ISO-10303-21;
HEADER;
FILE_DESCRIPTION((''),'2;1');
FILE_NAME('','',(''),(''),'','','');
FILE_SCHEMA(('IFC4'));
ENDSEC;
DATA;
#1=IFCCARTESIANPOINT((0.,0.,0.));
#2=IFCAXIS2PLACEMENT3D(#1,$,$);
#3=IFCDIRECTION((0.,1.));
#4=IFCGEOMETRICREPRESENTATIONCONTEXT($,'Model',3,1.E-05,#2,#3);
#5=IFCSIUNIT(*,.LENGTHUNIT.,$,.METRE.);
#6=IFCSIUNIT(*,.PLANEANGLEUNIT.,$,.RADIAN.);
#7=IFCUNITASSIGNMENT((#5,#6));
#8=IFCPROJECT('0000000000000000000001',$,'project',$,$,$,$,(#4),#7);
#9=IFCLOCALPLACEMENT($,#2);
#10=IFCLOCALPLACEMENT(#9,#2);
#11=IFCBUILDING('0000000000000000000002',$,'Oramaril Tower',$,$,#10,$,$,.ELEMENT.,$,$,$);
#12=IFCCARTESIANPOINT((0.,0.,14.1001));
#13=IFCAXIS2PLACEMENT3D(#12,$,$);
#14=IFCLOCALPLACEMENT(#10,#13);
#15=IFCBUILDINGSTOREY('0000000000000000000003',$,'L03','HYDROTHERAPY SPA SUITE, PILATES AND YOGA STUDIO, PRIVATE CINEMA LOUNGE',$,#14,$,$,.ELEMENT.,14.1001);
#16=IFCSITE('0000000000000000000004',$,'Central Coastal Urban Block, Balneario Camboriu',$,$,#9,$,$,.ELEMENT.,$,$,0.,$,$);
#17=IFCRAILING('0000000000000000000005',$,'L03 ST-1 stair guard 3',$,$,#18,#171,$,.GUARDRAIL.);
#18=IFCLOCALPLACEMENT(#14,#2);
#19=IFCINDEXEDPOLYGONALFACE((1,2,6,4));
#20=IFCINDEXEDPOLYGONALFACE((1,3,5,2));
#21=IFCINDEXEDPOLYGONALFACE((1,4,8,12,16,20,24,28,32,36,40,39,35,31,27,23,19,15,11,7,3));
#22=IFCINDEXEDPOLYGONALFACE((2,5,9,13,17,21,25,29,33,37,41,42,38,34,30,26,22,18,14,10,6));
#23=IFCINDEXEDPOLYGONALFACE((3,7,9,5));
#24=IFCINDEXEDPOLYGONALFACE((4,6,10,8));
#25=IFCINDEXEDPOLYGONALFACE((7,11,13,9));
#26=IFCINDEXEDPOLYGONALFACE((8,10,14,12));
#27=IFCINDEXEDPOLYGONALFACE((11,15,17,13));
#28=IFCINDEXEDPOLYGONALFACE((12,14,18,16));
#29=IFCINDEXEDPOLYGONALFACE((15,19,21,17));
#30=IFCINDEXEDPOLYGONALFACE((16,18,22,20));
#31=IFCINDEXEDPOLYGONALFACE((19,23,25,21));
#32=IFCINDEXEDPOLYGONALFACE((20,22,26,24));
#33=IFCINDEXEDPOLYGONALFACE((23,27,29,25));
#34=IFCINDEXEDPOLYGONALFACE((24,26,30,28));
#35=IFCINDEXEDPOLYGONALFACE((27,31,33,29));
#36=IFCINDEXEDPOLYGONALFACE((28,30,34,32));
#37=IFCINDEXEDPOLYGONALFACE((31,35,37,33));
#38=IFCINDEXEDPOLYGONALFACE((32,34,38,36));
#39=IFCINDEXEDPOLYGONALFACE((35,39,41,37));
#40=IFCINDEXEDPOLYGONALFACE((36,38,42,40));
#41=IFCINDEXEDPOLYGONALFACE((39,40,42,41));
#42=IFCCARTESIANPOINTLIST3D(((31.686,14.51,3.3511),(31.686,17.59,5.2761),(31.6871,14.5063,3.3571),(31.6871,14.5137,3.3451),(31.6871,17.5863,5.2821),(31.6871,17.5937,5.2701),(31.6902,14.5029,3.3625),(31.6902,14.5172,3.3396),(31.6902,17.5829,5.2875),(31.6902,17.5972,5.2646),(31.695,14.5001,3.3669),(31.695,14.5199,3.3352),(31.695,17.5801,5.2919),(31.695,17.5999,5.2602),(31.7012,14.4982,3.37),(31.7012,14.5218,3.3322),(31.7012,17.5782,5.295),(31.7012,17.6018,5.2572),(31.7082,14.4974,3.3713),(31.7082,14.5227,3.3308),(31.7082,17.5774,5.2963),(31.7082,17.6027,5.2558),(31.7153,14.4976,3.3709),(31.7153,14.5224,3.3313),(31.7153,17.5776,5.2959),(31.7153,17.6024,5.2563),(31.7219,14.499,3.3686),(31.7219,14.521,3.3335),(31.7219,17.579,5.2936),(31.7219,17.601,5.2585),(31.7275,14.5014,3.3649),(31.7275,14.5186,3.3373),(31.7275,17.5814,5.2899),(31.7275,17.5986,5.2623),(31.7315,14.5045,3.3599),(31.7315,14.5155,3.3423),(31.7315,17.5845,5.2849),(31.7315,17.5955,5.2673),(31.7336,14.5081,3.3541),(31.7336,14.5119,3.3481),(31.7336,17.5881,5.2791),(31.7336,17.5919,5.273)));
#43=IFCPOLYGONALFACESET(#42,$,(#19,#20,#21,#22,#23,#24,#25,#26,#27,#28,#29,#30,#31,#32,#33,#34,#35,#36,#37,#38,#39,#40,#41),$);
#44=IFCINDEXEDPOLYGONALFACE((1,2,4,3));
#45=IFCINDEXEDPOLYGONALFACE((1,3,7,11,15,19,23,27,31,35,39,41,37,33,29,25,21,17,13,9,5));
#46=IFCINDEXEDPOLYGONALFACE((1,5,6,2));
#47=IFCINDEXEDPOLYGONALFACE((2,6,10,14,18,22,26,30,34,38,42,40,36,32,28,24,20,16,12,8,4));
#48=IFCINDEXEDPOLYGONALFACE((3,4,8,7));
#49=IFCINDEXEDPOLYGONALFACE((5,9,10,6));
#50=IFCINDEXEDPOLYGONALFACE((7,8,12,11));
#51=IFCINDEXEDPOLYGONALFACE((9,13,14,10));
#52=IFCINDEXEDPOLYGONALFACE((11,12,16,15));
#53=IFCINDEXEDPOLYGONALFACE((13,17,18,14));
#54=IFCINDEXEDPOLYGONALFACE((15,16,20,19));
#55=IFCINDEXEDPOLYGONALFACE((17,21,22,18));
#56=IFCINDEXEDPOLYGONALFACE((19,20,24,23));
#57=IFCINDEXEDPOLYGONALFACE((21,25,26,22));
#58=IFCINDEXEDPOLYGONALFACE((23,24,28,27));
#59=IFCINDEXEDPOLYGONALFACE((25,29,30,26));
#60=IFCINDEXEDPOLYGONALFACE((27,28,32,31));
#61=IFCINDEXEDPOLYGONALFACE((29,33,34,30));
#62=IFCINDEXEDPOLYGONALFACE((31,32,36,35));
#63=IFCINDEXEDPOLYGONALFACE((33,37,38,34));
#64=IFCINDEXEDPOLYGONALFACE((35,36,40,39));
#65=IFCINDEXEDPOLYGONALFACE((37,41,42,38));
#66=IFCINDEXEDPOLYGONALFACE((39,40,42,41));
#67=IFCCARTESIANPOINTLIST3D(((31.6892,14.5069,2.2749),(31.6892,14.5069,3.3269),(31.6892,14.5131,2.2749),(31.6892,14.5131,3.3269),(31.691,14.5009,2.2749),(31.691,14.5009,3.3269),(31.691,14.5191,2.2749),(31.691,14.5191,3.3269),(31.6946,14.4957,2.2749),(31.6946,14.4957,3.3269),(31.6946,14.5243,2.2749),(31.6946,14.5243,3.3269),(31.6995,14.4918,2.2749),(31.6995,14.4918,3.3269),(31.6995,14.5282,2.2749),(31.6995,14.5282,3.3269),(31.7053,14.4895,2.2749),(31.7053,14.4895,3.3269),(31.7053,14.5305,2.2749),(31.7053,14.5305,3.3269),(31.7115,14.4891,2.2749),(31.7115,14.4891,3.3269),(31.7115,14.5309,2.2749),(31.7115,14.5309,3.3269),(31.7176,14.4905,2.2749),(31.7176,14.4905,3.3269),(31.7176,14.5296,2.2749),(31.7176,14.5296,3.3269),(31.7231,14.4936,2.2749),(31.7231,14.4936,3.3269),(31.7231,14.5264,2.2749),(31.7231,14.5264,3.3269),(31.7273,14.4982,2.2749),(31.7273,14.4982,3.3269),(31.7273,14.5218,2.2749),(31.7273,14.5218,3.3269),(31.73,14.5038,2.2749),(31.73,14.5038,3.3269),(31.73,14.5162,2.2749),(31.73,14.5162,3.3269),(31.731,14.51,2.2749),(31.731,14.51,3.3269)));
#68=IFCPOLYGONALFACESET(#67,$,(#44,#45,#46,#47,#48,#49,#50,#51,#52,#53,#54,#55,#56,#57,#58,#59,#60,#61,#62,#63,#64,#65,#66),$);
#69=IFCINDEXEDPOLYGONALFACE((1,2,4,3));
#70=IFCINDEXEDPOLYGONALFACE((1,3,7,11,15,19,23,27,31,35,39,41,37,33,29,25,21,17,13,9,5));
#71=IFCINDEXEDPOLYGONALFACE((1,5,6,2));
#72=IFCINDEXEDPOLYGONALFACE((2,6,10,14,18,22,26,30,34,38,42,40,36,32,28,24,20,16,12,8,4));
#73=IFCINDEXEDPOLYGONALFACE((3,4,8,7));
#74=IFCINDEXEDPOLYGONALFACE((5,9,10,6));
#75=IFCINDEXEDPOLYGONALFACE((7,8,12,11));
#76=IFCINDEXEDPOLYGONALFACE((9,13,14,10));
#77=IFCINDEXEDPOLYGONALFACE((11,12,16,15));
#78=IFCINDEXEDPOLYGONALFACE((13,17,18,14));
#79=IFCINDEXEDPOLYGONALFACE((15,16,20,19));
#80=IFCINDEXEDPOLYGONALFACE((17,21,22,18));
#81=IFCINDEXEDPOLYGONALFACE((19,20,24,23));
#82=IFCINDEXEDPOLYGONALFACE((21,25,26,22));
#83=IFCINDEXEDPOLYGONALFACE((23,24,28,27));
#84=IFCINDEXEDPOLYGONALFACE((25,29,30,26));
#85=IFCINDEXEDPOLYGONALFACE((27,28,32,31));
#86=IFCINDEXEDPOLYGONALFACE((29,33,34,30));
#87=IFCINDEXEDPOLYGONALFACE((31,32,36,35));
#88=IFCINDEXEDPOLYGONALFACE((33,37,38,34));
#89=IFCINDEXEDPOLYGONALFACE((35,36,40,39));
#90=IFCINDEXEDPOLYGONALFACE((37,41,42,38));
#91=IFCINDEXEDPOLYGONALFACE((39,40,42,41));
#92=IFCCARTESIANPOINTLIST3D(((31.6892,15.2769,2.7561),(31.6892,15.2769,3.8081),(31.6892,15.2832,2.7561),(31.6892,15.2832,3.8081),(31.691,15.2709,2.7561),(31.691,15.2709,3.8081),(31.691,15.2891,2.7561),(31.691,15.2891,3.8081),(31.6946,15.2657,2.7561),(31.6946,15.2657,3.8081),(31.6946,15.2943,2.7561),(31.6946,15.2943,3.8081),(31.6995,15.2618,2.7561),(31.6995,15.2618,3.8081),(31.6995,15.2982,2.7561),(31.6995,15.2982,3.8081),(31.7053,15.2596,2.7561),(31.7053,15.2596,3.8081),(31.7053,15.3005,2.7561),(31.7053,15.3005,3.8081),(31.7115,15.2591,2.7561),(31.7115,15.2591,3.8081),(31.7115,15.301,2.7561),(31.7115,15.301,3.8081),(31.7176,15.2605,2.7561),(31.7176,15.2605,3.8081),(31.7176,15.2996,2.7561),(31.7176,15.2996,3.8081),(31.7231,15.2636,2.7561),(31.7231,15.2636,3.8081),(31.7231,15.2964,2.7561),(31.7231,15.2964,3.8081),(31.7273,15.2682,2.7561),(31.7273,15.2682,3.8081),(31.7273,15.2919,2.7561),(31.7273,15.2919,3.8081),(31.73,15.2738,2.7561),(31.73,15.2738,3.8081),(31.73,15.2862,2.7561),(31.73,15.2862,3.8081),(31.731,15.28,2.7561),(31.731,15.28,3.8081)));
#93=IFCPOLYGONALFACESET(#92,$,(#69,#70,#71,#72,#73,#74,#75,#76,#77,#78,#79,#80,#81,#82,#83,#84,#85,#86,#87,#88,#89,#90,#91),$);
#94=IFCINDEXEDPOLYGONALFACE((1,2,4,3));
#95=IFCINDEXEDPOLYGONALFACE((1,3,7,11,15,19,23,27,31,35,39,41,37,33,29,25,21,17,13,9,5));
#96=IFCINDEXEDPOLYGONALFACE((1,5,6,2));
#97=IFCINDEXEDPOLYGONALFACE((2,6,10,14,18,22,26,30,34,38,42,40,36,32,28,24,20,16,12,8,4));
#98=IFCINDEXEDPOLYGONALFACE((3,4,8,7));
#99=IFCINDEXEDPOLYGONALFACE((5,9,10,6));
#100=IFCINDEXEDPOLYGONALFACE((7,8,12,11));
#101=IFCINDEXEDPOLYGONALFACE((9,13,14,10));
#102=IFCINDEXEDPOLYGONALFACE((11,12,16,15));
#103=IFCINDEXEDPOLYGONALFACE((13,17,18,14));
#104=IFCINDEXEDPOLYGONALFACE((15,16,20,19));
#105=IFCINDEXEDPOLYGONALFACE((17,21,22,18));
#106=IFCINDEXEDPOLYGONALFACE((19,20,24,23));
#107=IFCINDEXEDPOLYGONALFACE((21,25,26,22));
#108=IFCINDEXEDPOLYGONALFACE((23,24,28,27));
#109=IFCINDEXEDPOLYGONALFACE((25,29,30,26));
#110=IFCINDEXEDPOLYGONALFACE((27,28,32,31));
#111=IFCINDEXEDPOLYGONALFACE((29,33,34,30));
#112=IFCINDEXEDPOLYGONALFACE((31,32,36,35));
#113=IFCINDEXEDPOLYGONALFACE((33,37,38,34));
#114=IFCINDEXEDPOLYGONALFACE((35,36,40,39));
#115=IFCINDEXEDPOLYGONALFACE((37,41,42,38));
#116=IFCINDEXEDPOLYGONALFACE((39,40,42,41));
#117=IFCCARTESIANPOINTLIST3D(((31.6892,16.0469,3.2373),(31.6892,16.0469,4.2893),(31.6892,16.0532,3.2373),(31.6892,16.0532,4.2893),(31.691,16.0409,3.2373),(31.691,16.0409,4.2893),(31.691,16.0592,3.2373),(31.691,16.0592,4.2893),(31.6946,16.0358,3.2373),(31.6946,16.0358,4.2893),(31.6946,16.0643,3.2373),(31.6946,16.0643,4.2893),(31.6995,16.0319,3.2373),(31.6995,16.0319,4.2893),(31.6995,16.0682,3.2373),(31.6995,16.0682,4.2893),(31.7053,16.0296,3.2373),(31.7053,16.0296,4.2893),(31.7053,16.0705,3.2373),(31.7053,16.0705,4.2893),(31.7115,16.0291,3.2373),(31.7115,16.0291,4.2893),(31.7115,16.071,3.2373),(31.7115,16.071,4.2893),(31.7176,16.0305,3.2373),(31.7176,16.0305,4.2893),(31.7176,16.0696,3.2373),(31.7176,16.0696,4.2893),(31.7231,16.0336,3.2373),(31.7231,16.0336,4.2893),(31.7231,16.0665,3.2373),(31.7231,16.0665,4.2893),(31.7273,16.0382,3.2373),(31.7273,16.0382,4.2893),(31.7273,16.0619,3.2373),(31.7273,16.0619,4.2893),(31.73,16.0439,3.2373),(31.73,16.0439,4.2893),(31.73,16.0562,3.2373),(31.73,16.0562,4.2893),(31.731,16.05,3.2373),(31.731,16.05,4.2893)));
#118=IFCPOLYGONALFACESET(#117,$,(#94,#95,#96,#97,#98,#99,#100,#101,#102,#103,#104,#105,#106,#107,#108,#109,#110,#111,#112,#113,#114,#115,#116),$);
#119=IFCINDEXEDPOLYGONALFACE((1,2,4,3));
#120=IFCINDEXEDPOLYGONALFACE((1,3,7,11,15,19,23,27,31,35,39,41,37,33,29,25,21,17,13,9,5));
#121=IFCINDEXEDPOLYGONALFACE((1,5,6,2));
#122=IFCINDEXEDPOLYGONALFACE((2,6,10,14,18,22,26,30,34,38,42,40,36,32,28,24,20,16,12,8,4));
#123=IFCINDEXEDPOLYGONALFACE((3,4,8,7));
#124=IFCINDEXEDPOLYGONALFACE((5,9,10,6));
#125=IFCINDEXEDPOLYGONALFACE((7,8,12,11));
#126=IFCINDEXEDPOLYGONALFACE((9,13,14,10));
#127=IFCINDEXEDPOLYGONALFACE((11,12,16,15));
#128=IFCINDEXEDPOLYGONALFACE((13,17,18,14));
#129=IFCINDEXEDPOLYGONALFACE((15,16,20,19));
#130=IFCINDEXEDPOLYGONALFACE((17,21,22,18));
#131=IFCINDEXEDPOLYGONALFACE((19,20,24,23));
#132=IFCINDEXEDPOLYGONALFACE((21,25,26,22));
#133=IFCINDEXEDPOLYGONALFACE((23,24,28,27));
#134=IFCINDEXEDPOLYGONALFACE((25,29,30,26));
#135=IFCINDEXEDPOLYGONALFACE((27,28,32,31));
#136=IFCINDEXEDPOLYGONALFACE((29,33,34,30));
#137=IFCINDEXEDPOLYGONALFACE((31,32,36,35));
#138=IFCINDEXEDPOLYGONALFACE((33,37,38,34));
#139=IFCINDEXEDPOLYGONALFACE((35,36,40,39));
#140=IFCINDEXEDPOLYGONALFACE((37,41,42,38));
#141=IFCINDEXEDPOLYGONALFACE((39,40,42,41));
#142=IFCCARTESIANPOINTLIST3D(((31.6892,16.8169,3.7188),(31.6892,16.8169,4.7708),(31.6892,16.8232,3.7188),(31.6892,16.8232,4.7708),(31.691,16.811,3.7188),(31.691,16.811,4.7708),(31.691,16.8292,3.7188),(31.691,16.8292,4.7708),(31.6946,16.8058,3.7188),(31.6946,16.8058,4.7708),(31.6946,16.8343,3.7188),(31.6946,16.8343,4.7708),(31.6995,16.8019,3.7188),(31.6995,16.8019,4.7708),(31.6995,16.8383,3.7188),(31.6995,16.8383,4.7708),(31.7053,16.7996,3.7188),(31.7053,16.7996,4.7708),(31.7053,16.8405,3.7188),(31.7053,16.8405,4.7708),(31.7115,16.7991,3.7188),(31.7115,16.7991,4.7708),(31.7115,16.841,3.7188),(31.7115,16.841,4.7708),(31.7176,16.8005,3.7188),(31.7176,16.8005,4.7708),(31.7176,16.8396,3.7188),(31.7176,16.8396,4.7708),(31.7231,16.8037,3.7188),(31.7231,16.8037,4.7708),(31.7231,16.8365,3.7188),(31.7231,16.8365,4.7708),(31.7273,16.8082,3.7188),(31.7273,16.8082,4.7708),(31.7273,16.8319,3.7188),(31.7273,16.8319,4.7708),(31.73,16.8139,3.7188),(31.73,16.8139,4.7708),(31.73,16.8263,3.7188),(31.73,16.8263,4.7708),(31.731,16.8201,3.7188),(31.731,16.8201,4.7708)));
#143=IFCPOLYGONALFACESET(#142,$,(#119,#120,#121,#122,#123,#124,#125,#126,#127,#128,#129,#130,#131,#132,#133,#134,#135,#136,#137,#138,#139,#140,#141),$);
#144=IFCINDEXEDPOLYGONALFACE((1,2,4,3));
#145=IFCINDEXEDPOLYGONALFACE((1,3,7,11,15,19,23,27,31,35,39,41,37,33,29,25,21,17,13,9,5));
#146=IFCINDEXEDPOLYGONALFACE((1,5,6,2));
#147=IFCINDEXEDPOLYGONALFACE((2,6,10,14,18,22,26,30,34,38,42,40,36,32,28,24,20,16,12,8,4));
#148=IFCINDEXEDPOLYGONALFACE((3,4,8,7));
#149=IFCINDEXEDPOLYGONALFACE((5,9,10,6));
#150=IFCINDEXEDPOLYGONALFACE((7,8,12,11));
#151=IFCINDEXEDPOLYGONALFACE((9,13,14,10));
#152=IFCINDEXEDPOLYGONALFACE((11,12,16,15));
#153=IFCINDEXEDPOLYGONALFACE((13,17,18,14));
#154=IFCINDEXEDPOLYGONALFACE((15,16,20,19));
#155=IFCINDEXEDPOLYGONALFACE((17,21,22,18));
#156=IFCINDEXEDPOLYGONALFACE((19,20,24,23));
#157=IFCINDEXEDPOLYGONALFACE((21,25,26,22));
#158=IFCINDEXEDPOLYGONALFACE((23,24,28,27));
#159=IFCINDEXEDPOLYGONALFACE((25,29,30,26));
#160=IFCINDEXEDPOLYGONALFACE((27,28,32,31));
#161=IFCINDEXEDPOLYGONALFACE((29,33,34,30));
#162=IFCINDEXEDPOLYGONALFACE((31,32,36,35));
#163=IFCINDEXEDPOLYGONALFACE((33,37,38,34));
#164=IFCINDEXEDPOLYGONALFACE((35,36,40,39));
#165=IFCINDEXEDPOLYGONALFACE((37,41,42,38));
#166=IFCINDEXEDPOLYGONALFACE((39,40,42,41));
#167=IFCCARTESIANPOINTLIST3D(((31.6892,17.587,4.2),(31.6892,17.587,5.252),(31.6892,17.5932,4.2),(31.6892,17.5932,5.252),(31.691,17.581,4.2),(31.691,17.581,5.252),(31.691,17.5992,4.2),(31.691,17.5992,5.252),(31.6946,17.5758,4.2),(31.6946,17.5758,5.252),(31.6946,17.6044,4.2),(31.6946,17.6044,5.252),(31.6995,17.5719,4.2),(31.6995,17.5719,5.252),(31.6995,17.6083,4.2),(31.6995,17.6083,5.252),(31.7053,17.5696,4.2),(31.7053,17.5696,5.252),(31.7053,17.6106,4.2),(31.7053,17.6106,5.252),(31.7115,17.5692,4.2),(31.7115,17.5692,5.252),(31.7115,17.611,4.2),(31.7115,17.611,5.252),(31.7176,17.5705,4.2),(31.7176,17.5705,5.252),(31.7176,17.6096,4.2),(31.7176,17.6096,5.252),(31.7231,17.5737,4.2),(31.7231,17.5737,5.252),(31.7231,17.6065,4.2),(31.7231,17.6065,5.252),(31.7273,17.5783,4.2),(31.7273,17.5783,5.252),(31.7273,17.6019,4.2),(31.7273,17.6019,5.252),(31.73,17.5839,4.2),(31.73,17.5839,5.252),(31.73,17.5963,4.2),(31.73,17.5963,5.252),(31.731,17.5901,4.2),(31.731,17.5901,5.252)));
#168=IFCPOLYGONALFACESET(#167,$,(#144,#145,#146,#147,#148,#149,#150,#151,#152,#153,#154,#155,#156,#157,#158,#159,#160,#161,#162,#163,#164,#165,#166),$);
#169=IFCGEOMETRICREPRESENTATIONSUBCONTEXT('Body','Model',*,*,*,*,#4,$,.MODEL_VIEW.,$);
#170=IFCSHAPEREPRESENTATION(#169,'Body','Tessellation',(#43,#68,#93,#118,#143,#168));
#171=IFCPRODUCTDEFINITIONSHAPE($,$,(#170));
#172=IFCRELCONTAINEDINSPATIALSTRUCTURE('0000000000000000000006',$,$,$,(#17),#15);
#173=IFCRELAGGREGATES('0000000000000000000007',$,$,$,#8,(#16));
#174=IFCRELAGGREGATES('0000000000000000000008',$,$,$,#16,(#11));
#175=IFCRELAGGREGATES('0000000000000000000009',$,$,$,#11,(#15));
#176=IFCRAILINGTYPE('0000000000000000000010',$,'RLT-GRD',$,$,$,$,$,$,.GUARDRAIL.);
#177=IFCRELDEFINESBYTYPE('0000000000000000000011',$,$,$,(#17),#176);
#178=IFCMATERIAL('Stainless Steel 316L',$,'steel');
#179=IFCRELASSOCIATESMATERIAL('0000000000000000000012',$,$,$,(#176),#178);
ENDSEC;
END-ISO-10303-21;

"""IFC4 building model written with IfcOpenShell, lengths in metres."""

from ifc_helpers import new_model, si_unit, direction, frame, origin, origin_2d, place, context, subcontext, project, spatial, circle, extrude, material, type_object, element, save


model = new_model("IFC4")

# Units and contexts
model_context = context("Model", 3, precision=1e-05, world=origin(), true_north=direction((0.0, 1.0)))
body_context = subcontext(model_context, "Body", "Model", "MODEL_VIEW")
ifc_project = project(units=[si_unit("LENGTHUNIT", "METRE"), si_unit("PLANEANGLEUNIT", "RADIAN")], contexts=[model_context])

# Site, building, storey
site_placement = place(None, origin())
site = spatial("IfcSite", under=ifc_project, at=site_placement, Name="Central Coastal Urban Block, Balneario Camboriu", CompositionType="ELEMENT", RefElevation=0.0)
building_placement = place(site_placement, origin())
building = spatial("IfcBuilding", under=site, at=building_placement, Name="Oramaril Tower", CompositionType="ELEMENT")
storey_placement = place(building_placement, frame((0.0, 0.0, 14.1001)))
storey = spatial("IfcBuildingStorey", under=building, at=storey_placement, Name="L03", Description="HYDROTHERAPY SPA SUITE, PILATES AND YOGA STUDIO, PRIVATE CINEMA LOUNGE", CompositionType="ELEMENT", Elevation=14.1001)

# Railing
ifc_material_1 = material(Name="Stainless Steel 316L", Category="steel")
railing_type_1 = type_object("IfcRailingType", Name="RLT-GRD", PredefinedType="GUARDRAIL", material=ifc_material_1)
railing_1_placement = place(storey_placement, frame((31.71, 14.51, 2.2749)))
element("IfcRailing", 1, at=railing_1_placement, inside=storey, type_object=railing_type_1, Name="L03 ST-1 stair guard 3", PredefinedType="GUARDRAIL", context=body_context, shape_type="SweptSolid", body=[
    extrude(circle(Radius=0.0239, at=origin_2d()), frame((0.0, 0.0, 1.0762), z_axis=(0.0, 0.847998, 0.529999), x_axis=(-1.0, 0.0, 0.0)), (0.0, 0.0, 1.0), 3.6321),
    extrude(circle(Radius=0.021, at=origin_2d()), origin(), (0.0, 0.0, 1.0), 1.052),
    extrude(circle(Radius=0.021, at=origin_2d()), frame((0.0, 0.77, 0.4812)), (0.0, 0.0, 1.0), 1.052),
    extrude(circle(Radius=0.021, at=origin_2d()), frame((0.0, 1.54, 0.9624)), (0.0, 0.0, 1.0), 1.052),
    extrude(circle(Radius=0.021, at=origin_2d()), frame((0.0, 2.3101, 1.4438)), (0.0, 0.0, 1.0), 1.052),
    extrude(circle(Radius=0.021, at=origin_2d()), frame((0.0, 3.0801, 1.925)), (0.0, 0.0, 1.0), 1.052),
])

save(model, "model.ifc")
